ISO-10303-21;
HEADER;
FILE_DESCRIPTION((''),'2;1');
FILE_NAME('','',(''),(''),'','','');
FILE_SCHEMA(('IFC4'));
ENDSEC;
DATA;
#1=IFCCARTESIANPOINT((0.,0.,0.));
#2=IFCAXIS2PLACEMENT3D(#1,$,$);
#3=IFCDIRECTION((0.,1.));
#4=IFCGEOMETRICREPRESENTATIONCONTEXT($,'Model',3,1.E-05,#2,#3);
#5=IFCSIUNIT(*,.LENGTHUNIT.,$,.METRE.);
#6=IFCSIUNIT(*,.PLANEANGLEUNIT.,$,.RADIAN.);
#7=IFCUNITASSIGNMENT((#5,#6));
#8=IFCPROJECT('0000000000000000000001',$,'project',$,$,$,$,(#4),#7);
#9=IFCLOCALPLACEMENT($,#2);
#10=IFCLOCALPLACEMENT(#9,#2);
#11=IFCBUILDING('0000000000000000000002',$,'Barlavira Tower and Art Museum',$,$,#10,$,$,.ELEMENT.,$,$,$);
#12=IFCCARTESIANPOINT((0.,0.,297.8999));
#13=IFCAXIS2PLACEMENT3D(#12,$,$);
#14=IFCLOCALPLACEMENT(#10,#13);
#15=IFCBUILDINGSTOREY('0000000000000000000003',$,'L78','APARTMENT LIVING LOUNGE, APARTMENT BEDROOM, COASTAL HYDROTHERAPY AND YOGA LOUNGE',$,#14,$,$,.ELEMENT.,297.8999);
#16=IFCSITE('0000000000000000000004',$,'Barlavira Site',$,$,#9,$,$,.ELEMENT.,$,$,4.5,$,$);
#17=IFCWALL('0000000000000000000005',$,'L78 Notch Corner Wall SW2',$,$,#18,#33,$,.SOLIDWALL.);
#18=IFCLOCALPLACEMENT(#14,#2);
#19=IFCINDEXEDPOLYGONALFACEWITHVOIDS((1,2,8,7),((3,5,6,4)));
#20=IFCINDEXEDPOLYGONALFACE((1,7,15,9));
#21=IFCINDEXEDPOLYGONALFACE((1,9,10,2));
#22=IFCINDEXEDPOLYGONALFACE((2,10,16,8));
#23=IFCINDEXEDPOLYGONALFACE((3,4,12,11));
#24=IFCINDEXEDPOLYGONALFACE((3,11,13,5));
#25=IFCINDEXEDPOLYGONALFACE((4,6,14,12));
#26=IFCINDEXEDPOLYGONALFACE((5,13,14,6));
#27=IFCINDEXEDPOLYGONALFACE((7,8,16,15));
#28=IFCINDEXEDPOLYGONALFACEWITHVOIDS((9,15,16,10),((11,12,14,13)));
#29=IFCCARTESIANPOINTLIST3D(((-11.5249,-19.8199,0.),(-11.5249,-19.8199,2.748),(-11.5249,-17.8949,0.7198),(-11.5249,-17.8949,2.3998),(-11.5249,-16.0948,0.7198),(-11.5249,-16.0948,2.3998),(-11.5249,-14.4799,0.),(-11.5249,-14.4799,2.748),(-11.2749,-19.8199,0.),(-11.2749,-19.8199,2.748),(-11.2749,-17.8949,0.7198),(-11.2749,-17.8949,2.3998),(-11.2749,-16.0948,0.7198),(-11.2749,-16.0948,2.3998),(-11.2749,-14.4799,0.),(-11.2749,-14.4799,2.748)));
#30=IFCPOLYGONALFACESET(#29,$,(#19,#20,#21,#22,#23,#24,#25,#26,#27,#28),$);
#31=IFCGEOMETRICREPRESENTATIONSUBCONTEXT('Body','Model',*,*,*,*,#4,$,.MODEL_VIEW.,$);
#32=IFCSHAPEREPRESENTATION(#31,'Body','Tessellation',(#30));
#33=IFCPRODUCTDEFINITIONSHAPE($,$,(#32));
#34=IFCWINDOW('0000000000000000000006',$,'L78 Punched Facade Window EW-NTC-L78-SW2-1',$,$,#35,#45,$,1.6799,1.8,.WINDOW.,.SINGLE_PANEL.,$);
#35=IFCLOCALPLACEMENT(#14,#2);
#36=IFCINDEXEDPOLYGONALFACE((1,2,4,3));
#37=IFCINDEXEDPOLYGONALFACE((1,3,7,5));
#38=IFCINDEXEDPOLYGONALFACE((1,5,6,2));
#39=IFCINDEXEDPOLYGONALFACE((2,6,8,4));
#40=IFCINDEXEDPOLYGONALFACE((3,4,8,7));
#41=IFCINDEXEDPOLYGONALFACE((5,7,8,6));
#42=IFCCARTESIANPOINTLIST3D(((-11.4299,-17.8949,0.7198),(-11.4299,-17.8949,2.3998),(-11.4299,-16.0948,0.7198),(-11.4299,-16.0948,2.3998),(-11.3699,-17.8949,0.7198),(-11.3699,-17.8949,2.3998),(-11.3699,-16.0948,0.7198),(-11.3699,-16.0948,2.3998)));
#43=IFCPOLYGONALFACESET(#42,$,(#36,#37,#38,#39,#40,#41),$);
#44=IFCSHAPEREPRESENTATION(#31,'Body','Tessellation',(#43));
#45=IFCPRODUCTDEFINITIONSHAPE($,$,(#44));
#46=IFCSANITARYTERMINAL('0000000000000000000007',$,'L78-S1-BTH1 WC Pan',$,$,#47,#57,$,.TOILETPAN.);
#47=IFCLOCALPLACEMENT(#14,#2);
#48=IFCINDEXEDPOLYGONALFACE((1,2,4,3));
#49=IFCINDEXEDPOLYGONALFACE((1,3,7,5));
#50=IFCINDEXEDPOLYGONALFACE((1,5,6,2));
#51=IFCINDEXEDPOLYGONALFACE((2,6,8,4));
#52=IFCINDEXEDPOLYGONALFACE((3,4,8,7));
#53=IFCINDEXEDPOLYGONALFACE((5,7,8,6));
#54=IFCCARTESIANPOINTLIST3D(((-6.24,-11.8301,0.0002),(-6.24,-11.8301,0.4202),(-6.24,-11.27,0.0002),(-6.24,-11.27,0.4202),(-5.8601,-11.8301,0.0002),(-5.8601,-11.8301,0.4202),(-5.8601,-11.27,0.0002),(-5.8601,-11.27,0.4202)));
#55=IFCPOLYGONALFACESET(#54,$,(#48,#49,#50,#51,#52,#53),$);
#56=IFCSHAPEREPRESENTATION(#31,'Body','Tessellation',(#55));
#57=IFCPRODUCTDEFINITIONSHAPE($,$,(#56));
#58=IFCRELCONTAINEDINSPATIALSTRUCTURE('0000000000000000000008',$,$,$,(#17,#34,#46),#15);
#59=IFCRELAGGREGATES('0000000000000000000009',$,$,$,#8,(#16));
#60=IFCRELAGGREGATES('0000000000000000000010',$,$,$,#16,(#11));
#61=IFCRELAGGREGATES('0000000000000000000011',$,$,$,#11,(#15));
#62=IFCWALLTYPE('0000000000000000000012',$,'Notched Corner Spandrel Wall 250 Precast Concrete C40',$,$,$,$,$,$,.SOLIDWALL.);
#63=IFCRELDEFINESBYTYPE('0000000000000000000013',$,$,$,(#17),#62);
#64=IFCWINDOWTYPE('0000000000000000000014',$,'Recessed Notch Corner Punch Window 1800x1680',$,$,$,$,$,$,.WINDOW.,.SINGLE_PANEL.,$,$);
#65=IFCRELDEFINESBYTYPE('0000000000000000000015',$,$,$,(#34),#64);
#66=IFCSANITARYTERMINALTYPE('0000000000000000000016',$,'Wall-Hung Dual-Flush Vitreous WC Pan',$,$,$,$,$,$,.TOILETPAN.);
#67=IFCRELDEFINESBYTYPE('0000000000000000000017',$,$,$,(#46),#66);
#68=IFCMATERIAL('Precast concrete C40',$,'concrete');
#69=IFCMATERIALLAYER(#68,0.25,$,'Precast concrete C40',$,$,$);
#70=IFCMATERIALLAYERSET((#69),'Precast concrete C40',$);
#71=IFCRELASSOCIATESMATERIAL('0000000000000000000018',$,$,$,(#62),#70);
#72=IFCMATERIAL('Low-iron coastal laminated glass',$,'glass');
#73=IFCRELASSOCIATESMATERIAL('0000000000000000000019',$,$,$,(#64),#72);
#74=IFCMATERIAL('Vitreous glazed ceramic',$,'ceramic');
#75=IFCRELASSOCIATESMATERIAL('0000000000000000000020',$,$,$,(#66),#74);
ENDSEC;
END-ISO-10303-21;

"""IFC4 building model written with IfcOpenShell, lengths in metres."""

from ifc_helpers import new_model, si_unit, direction, frame, frame_2d, origin, origin_2d, place, context, subcontext, project, spatial, rectangle, extrude, material, layer, layer_set, type_object, element, fill, save


model = new_model("IFC4")

# Units and contexts
model_context = context("Model", 3, precision=1e-05, world=origin(), true_north=direction((0.0, 1.0)))
body_context = subcontext(model_context, "Body", "Model", "MODEL_VIEW")
ifc_project = project(units=[si_unit("LENGTHUNIT", "METRE"), si_unit("PLANEANGLEUNIT", "RADIAN")], contexts=[model_context])

# Site, building, storey
site_placement = place(None, origin())
site = spatial("IfcSite", under=ifc_project, at=site_placement, Name="Barlavira Site", CompositionType="ELEMENT", RefElevation=4.5)
building_placement = place(site_placement, origin())
building = spatial("IfcBuilding", under=site, at=building_placement, Name="Barlavira Tower and Art Museum", CompositionType="ELEMENT")
storey_placement = place(building_placement, frame((0.0, 0.0, 297.8999)))
storey = spatial("IfcBuildingStorey", under=building, at=storey_placement, Name="L78", Description="APARTMENT LIVING LOUNGE, APARTMENT BEDROOM, COASTAL HYDROTHERAPY AND YOGA LOUNGE", CompositionType="ELEMENT", Elevation=297.8999)

# Shared definitions
ifc_material_1 = material(Name="Precast concrete C40", Category="concrete")
ifc_layer_1 = layer(ifc_material_1, 0.25, Name="Precast concrete C40")
ifc_layer_set_1 = layer_set([ifc_layer_1], Name="Precast concrete C40")
wall_type_1 = type_object("IfcWallType", Name="Notched Corner Spandrel Wall 250 Precast Concrete C40", PredefinedType="SOLIDWALL", material=ifc_layer_set_1)
ifc_material_2 = material(Name="Low-iron coastal laminated glass", Category="glass")
window_type = type_object("IfcWindowType", Name="Recessed Notch Corner Punch Window 1800x1680", PartitioningType="SINGLE_PANEL", PredefinedType="WINDOW", material=ifc_material_2)

# Wall, opening, window
wall_1_placement = place(storey_placement, frame((-11.3999, -14.48, 0.0), z_axis=(0.0, 0.0, 1.0), x_axis=(0.0, -1.0, 0.0)))
wall_1 = element("IfcWall", 1, at=wall_1_placement, inside=storey, type_object=wall_type_1, Name="L78 Notch Corner Wall SW2", PredefinedType="SOLIDWALL", context=body_context, shape_type="SweptSolid", body=[
    extrude(rectangle(XDim=5.3401, YDim=0.25, at=frame_2d((2.6699, 0.0))), origin(), (0.0, 0.0, 1.0), 2.748),
])
opening_1_placement = place(wall_1_placement, frame((1.615, 0.0, 0.72)))
opening_1 = element("IfcOpeningElement", 2, at=opening_1_placement, cuts=wall_1, PredefinedType="OPENING", context=body_context, shape_type="SweptSolid", body=[
    extrude(rectangle(XDim=1.8, YDim=1.6799, at=frame_2d((0.8999, 0.8398))), frame((0.0, 0.135, 0.0), z_axis=(0.0, -1.0, 0.0), x_axis=(1.0, 0.0, 0.0)), (0.0, 0.0, 1.0), 0.27),
])
window_1_placement = place(opening_1_placement, origin())
window_1 = element("IfcWindow", 3, at=window_1_placement, inside=storey, type_object=window_type, Name="L78 Punched Facade Window EW-NTC-L78-SW2-1", OverallHeight=1.6799, OverallWidth=1.8, PartitioningType="SINGLE_PANEL", PredefinedType="WINDOW", context=body_context, shape_type="SweptSolid", body=[
    extrude(rectangle(XDim=1.8, YDim=1.6799, at=frame_2d((0.8999, 0.8398))), frame((0.0, 0.03, 0.0), z_axis=(0.0, -1.0, 0.0), x_axis=(1.0, 0.0, 0.0)), (0.0, 0.0, 1.0), 0.0601),
])
fill(opening_1, window_1)

# Sanitary terminal
ifc_material_3 = material(Name="Vitreous glazed ceramic", Category="ceramic")
sanitary_terminal_type = type_object("IfcSanitaryTerminalType", Name="Wall-Hung Dual-Flush Vitreous WC Pan", PredefinedType="TOILETPAN", material=ifc_material_3)
sanitary_terminal_placement = place(storey_placement, frame((-6.05, -11.55, 0.0002), z_axis=(0.0, 0.0, 1.0), x_axis=(1.0, 0.0, 0.0)))
element("IfcSanitaryTerminal", 4, at=sanitary_terminal_placement, inside=storey, type_object=sanitary_terminal_type, Name="L78-S1-BTH1 WC Pan", PredefinedType="TOILETPAN", context=body_context, shape_type="SweptSolid", body=[
    extrude(rectangle(XDim=0.3799, YDim=0.5601, at=origin_2d()), origin(), (0.0, 0.0, 1.0), 0.4199),
])

save(model, "model.ifc")
